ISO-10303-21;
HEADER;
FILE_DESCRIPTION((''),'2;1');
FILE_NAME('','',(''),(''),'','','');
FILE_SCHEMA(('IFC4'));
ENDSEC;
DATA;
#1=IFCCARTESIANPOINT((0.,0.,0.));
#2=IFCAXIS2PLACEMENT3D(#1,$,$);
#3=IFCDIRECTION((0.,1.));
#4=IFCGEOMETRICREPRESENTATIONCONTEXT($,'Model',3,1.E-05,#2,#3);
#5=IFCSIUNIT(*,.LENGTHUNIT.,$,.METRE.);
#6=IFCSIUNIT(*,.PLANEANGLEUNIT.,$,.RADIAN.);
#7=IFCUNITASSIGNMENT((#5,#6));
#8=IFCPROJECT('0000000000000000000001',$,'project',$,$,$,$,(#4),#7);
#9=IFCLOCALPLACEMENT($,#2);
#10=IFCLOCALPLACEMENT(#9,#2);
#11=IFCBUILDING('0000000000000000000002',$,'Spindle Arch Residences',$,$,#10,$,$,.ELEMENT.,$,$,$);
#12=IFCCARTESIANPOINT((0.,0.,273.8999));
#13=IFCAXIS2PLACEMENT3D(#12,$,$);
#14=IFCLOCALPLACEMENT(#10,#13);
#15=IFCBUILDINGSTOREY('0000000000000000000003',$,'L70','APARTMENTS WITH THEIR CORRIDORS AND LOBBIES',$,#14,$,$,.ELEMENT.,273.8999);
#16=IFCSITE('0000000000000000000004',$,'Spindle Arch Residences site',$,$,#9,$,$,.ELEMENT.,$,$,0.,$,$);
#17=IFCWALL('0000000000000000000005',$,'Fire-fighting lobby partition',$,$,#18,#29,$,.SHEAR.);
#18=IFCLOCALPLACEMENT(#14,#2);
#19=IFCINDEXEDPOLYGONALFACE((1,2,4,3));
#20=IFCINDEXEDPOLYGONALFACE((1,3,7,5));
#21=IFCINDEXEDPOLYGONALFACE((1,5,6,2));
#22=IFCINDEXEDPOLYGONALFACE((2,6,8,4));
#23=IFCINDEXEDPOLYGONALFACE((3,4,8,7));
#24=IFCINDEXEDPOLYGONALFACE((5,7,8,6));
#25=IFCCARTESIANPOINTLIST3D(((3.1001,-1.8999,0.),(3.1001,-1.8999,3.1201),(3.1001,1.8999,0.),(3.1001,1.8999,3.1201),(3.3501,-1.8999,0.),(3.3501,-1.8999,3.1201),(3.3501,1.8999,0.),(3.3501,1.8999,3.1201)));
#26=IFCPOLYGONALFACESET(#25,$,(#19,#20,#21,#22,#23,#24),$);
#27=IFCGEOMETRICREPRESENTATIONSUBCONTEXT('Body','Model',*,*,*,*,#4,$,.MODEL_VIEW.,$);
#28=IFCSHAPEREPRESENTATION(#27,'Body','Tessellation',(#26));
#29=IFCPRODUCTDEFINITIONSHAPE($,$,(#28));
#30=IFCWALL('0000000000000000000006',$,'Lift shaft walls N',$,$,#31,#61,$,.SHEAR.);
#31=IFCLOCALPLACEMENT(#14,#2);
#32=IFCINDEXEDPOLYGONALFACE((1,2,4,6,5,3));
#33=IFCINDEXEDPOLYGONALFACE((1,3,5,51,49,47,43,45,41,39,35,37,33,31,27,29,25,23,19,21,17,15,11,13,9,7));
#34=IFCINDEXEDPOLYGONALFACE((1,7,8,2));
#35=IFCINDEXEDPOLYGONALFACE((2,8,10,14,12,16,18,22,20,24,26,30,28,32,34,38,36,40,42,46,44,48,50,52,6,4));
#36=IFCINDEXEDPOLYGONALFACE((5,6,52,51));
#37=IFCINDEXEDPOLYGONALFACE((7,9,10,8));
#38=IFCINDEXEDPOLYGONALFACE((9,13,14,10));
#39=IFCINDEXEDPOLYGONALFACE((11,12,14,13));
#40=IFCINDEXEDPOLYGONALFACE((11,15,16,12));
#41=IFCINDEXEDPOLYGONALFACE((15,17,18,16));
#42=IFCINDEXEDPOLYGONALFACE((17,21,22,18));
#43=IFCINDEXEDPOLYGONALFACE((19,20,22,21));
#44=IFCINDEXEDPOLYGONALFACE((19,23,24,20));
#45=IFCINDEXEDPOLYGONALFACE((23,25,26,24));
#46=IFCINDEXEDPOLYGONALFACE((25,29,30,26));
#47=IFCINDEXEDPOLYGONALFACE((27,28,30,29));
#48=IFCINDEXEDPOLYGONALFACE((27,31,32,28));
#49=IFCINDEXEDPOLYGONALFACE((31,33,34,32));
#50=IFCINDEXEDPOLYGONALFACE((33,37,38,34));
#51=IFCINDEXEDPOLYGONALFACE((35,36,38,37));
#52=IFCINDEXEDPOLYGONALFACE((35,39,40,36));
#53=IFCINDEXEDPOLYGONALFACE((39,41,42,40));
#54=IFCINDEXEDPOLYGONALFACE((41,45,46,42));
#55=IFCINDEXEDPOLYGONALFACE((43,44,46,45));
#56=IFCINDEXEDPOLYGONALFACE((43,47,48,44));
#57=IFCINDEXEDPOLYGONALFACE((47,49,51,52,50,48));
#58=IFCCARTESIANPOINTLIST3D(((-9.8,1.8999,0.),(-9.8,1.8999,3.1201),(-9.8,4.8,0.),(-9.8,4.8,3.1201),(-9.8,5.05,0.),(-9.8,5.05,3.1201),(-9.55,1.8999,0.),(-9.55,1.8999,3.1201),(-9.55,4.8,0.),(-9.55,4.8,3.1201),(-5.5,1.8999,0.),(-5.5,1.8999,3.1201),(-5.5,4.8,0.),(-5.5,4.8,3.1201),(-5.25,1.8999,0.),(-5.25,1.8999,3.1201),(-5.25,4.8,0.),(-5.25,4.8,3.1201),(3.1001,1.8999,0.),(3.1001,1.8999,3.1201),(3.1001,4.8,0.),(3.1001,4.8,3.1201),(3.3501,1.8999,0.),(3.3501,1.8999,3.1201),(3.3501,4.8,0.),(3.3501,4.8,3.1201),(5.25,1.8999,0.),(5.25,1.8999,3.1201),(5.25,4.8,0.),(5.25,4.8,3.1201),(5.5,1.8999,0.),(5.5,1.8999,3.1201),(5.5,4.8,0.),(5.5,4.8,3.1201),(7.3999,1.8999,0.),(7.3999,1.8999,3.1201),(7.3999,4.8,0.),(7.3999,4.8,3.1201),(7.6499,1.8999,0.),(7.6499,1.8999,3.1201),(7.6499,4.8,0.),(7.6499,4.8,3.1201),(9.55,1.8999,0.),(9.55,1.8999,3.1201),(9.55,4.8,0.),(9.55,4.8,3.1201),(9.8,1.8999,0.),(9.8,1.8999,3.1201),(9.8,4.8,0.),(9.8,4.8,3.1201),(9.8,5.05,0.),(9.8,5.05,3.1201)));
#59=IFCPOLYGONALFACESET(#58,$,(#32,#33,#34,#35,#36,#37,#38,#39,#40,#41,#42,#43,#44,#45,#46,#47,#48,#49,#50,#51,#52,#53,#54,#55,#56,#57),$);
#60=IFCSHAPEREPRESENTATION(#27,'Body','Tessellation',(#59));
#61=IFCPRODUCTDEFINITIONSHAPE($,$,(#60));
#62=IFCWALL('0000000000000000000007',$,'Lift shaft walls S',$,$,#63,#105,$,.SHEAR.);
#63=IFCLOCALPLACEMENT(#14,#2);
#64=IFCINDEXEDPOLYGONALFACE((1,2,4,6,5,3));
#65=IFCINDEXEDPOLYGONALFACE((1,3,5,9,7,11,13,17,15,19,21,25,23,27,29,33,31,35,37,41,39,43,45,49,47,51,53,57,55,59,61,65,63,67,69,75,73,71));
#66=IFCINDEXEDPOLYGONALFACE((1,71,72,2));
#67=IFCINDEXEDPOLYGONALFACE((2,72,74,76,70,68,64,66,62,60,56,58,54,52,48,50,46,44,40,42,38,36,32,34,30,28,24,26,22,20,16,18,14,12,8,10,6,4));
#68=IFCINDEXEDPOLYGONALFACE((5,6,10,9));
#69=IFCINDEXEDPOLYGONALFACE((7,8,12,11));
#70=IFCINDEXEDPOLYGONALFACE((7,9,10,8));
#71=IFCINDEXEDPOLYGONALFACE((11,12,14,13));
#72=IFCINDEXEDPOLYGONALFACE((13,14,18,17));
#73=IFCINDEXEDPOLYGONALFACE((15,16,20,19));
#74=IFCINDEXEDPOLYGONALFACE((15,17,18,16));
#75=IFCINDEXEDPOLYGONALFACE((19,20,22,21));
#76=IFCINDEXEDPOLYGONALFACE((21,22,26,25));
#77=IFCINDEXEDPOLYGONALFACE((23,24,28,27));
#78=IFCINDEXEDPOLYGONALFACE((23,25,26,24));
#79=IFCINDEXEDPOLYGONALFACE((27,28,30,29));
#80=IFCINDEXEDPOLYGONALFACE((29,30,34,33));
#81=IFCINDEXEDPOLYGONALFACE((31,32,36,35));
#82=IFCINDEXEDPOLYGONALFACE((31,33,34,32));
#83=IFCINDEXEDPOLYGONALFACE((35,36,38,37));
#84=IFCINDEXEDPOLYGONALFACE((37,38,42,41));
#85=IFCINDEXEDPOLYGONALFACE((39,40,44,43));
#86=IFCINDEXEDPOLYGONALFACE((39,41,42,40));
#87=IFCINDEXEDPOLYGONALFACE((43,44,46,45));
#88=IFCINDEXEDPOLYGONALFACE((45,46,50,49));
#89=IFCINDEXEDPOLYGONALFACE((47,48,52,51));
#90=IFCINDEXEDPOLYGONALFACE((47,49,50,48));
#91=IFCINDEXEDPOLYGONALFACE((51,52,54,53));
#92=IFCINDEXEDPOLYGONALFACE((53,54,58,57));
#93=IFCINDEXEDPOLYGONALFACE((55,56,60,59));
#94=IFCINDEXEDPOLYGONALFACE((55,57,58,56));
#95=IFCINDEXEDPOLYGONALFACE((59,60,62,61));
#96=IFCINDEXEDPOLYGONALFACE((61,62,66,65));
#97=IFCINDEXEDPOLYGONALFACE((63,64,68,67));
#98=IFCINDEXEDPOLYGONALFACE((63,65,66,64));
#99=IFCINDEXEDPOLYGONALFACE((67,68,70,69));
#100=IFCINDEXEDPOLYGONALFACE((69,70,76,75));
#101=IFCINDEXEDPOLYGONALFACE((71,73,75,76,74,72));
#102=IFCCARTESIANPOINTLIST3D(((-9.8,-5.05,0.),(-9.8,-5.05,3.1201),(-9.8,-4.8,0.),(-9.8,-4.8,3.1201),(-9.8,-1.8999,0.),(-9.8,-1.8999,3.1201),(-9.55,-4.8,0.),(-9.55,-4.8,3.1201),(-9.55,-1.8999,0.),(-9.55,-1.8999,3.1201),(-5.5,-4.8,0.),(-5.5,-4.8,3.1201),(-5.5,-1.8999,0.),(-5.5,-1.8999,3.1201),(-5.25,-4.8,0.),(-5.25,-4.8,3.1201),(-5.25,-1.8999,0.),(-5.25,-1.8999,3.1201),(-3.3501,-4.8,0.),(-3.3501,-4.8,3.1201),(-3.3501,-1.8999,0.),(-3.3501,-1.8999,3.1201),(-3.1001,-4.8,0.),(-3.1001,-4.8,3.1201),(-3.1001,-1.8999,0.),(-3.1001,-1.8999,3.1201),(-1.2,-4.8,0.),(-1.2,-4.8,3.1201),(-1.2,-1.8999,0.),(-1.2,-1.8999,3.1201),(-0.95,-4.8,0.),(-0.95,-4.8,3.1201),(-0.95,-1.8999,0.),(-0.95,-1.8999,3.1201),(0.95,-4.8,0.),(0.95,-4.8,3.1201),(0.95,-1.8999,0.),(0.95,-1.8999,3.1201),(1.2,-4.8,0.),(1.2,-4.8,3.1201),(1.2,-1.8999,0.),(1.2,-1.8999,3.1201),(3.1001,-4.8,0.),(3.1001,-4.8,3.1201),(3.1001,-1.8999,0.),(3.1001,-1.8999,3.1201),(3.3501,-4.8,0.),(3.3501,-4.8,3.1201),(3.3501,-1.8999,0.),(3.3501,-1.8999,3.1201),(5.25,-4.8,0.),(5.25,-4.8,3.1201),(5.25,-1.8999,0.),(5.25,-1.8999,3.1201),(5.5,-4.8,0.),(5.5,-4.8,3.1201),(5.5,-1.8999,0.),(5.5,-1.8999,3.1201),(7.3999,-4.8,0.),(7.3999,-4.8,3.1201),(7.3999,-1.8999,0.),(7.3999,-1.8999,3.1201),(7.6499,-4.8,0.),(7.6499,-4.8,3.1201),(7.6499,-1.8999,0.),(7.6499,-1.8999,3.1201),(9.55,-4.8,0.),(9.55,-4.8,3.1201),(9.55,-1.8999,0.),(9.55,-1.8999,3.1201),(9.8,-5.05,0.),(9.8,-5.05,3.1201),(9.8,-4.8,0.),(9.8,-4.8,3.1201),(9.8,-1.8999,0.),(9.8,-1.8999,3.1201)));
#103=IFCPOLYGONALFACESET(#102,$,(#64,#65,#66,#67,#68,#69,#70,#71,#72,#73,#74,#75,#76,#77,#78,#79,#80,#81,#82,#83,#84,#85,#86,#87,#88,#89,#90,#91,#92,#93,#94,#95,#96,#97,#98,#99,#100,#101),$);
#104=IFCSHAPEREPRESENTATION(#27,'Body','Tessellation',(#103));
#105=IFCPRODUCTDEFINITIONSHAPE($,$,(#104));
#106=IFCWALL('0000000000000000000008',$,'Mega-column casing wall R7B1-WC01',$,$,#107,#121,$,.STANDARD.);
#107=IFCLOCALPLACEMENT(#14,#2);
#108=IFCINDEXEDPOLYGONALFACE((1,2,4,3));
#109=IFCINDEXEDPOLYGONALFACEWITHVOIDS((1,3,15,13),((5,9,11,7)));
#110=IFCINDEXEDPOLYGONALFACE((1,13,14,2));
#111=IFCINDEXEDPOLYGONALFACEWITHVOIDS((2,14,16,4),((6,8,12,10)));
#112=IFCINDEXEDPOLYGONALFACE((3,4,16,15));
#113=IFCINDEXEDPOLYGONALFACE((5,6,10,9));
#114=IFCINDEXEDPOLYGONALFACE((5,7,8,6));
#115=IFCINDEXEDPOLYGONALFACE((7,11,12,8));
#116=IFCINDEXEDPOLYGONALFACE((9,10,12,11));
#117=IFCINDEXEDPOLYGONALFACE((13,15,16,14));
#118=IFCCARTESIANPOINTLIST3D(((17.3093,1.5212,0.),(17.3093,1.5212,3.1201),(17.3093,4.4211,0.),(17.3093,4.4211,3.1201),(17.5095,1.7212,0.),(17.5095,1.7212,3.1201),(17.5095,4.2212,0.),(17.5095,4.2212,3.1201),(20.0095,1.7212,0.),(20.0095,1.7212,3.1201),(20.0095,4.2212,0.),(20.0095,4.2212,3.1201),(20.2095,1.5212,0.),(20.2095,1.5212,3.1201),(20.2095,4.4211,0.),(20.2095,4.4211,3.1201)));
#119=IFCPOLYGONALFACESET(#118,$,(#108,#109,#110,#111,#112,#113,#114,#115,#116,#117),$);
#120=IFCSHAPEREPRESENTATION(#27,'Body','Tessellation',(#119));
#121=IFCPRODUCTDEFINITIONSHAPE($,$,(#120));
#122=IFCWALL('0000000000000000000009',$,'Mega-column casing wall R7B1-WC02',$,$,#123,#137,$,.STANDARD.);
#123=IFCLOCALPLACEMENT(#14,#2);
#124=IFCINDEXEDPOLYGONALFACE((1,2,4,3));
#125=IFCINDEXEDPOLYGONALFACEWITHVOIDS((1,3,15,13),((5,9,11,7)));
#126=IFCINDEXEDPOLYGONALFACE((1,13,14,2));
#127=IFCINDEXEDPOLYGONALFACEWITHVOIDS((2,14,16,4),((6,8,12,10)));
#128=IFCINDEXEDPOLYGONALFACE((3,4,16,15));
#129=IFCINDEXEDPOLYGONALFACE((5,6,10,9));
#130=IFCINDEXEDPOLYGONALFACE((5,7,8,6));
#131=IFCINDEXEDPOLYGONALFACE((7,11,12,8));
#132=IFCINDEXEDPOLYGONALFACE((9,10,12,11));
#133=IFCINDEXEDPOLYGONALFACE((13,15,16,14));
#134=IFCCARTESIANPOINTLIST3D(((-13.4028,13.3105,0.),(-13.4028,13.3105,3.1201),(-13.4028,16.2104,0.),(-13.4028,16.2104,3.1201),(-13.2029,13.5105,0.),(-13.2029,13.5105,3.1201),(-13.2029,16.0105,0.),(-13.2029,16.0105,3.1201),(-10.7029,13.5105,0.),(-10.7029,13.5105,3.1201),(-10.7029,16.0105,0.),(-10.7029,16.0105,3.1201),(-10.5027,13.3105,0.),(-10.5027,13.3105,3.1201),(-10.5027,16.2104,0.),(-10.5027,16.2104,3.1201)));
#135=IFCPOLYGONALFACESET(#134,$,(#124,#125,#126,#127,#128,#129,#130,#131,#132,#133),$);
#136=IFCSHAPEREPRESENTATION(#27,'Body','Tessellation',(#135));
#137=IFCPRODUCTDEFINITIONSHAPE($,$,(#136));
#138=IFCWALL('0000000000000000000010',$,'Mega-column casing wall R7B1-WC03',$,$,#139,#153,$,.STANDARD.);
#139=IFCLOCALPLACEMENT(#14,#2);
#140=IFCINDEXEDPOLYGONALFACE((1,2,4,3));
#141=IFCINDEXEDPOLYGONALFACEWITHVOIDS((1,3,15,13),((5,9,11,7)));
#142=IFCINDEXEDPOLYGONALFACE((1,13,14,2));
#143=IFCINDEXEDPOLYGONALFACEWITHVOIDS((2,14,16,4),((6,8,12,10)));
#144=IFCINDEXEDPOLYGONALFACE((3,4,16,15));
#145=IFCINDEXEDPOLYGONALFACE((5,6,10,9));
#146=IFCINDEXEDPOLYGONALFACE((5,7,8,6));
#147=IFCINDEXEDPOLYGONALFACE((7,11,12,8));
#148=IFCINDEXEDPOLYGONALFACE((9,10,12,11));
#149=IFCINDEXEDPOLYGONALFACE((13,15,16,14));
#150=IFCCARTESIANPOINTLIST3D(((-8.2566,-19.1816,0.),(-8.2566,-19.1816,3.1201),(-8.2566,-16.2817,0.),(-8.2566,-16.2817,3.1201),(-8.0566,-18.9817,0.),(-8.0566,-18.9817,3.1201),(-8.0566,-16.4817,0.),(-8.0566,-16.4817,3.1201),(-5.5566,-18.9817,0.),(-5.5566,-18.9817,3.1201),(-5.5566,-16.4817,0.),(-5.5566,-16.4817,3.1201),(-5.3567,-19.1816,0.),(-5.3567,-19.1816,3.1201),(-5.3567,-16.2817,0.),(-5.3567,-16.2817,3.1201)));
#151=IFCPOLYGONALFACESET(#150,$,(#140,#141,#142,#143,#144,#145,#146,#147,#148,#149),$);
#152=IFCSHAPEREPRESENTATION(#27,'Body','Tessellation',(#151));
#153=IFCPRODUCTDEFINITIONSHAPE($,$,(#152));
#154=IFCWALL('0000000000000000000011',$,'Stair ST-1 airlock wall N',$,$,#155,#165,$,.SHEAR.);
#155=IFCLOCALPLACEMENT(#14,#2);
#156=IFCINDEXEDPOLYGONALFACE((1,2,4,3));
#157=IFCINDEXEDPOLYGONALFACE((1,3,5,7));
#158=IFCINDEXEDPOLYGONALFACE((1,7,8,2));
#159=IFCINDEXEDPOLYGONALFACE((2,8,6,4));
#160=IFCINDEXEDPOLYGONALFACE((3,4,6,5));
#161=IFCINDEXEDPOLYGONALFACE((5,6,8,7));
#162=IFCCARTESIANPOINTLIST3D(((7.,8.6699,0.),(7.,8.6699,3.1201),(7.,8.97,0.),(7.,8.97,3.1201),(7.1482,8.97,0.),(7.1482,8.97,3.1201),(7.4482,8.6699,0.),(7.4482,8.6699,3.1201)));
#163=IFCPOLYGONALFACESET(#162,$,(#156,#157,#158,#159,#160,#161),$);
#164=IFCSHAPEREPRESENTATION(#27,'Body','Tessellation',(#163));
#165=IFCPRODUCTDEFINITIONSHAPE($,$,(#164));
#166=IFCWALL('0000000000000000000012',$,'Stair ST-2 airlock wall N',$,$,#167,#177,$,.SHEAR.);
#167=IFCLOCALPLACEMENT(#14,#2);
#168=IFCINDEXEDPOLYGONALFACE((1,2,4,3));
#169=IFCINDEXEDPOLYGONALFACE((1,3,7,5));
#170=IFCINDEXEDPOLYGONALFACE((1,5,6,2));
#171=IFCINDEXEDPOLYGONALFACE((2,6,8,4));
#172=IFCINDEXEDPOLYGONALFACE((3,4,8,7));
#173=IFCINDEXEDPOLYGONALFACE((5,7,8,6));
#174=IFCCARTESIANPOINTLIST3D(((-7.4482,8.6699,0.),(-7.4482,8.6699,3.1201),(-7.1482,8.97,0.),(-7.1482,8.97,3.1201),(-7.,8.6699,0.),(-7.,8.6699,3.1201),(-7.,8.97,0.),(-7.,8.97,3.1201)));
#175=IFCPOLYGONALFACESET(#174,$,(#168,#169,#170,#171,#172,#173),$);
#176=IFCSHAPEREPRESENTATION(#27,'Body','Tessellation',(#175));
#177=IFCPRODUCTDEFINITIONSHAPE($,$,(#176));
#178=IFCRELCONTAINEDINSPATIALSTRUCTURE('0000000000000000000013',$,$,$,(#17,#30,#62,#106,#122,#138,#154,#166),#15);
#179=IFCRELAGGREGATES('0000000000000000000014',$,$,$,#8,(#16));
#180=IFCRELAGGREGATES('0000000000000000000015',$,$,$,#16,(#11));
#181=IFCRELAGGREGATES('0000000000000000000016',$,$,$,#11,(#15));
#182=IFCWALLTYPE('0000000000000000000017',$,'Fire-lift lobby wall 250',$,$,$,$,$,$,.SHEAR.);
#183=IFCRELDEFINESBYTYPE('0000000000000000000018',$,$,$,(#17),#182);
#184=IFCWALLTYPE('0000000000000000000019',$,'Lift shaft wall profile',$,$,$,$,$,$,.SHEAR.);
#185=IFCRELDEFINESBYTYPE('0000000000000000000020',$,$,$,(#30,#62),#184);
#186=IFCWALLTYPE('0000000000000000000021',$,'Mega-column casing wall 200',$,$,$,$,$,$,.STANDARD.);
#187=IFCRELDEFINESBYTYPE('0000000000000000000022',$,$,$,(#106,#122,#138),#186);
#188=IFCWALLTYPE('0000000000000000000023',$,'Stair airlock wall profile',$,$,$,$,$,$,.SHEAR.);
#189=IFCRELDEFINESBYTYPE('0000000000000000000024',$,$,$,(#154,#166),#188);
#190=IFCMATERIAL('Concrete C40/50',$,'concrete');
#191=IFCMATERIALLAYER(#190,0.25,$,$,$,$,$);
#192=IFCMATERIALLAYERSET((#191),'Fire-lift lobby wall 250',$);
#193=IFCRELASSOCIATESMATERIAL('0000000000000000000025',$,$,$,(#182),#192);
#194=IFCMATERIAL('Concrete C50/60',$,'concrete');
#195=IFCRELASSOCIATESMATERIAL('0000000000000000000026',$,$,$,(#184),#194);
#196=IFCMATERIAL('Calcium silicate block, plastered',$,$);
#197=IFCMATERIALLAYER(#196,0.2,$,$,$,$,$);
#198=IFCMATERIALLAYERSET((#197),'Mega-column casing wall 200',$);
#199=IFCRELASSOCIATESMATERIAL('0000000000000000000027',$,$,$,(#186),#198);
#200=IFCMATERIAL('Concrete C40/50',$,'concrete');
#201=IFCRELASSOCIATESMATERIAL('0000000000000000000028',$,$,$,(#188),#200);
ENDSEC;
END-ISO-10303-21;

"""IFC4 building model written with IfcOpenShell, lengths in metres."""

from ifc_helpers import new_model, si_unit, direction, frame, frame_2d, origin, place, context, subcontext, project, spatial, polyline, rectangle, outline, extrude, material, layer, layer_set, type_object, element, save


model = new_model("IFC4")

# Units and contexts
model_context = context("Model", 3, precision=1e-05, world=origin(), true_north=direction((0.0, 1.0)))
body_context = subcontext(model_context, "Body", "Model", "MODEL_VIEW")
ifc_project = project(units=[si_unit("LENGTHUNIT", "METRE"), si_unit("PLANEANGLEUNIT", "RADIAN")], contexts=[model_context])

# Site, building, storey
site_placement = place(None, origin())
site = spatial("IfcSite", under=ifc_project, at=site_placement, Name="Spindle Arch Residences site", CompositionType="ELEMENT", RefElevation=0.0)
building_placement = place(site_placement, origin())
building = spatial("IfcBuilding", under=site, at=building_placement, Name="Spindle Arch Residences", CompositionType="ELEMENT")
storey_placement = place(building_placement, frame((0.0, 0.0, 273.8999)))
storey = spatial("IfcBuildingStorey", under=building, at=storey_placement, Name="L70", Description="APARTMENTS WITH THEIR CORRIDORS AND LOBBIES", CompositionType="ELEMENT", Elevation=273.8999)

# Wall
ifc_material_1 = material(Name="Concrete C40/50", Category="concrete")
ifc_layer_1 = layer(ifc_material_1, 0.25)
ifc_layer_set_1 = layer_set([ifc_layer_1], Name="Fire-lift lobby wall 250")
wall_type_1 = type_object("IfcWallType", Name="Fire-lift lobby wall 250", PredefinedType="SHEAR", material=ifc_layer_set_1)
wall_1_placement = place(storey_placement, frame((3.2251, -1.8999, 0.0), z_axis=(0.0, 0.0, 1.0), x_axis=(0.0, 1.0, 0.0)))
element("IfcWall", 1, at=wall_1_placement, inside=storey, type_object=wall_type_1, Name="Fire-fighting lobby partition", PredefinedType="SHEAR", context=body_context, shape_type="SweptSolid", body=[
    extrude(rectangle(XDim=3.7998, YDim=0.25, at=frame_2d((1.8999, 0.0))), origin(), (0.0, 0.0, 1.0), 3.1201),
])

# Walls
ifc_material_2 = material(Name="Concrete C50/60", Category="concrete")
wall_type_2 = type_object("IfcWallType", Name="Lift shaft wall profile", PredefinedType="SHEAR", material=ifc_material_2)
wall_2_placement = place(storey_placement, origin())
element("IfcWall", 2, at=wall_2_placement, inside=storey, type_object=wall_type_2, Name="Lift shaft walls N", PredefinedType="SHEAR", context=body_context, shape_type="SweptSolid", body=[
    extrude(outline(polyline([(-9.8, 1.8999), (-9.55, 1.8999), (-9.55, 4.8), (-5.5, 4.8), (-5.5, 1.8999), (-5.25, 1.8999), (-5.25, 4.8), (3.1001, 4.8), (3.1001, 1.8999), (3.3501, 1.8999), (3.3501, 4.8), (5.25, 4.8), (5.25, 1.8999), (5.5, 1.8999), (5.5, 4.8), (7.3999, 4.8), (7.3999, 1.8999), (7.6499, 1.8999), (7.6499, 4.8), (9.55, 4.8), (9.55, 1.8999), (9.8, 1.8999), (9.8, 4.8), (9.8, 5.05), (-9.8, 5.05), (-9.8, 4.8), (-9.8, 1.8999)])), origin(), (0.0, 0.0, 1.0), 3.1201),
])
wall_3_placement = place(storey_placement, origin())
element("IfcWall", 3, at=wall_3_placement, inside=storey, type_object=wall_type_2, Name="Lift shaft walls S", PredefinedType="SHEAR", context=body_context, shape_type="SweptSolid", body=[
    extrude(outline(polyline([(9.8, -5.05), (9.8, -4.8), (9.8, -1.8999), (9.55, -1.8999), (9.55, -4.8), (7.6499, -4.8), (7.6499, -1.8999), (7.3999, -1.8999), (7.3999, -4.8), (5.5, -4.8), (5.5, -1.8999), (5.25, -1.8999), (5.25, -4.8), (3.3501, -4.8), (3.3501, -1.8999), (3.1001, -1.8999), (3.1001, -4.8), (1.2, -4.8), (1.2, -1.8999), (0.95, -1.8999), (0.95, -4.8), (-0.95, -4.8), (-0.95, -1.8999), (-1.2, -1.8999), (-1.2, -4.8), (-3.1001, -4.8), (-3.1001, -1.8999), (-3.3501, -1.8999), (-3.3501, -4.8), (-5.25, -4.8), (-5.25, -1.8999), (-5.5, -1.8999), (-5.5, -4.8), (-9.55, -4.8), (-9.55, -1.8999), (-9.8, -1.8999), (-9.8, -4.8), (-9.8, -5.05), (9.8, -5.05)])), origin(), (0.0, 0.0, 1.0), 3.1201),
])
ifc_material_3 = material(Name="Calcium silicate block, plastered")
ifc_layer_2 = layer(ifc_material_3, 0.2)
ifc_layer_set_2 = layer_set([ifc_layer_2], Name="Mega-column casing wall 200")
wall_type_3 = type_object("IfcWallType", Name="Mega-column casing wall 200", PredefinedType="STANDARD", material=ifc_layer_set_2)
wall_4_placement = place(storey_placement, origin())
element("IfcWall", 4, at=wall_4_placement, inside=storey, type_object=wall_type_3, Name="Mega-column casing wall R7B1-WC01", PredefinedType="STANDARD", context=body_context, shape_type="SweptSolid", body=[
    extrude(outline(polyline([(20.2095, 4.4211), (20.2095, 1.5212), (17.3093, 1.5212), (17.3093, 4.4211), (20.2095, 4.4211)]), holes=[polyline([(17.5095, 1.7212), (20.0095, 1.7212), (20.0095, 4.2212), (17.5095, 4.2212), (17.5095, 1.7212)])]), origin(), (0.0, 0.0, 1.0), 3.1201),
])
wall_5_placement = place(storey_placement, origin())
element("IfcWall", 5, at=wall_5_placement, inside=storey, type_object=wall_type_3, Name="Mega-column casing wall R7B1-WC02", PredefinedType="STANDARD", context=body_context, shape_type="SweptSolid", body=[
    extrude(outline(polyline([(-10.5027, 16.2104), (-10.5027, 13.3105), (-13.4028, 13.3105), (-13.4028, 16.2104), (-10.5027, 16.2104)]), holes=[polyline([(-13.2029, 13.5105), (-10.7029, 13.5105), (-10.7029, 16.0105), (-13.2029, 16.0105), (-13.2029, 13.5105)])]), origin(), (0.0, 0.0, 1.0), 3.1201),
])
wall_6_placement = place(storey_placement, origin())
element("IfcWall", 6, at=wall_6_placement, inside=storey, type_object=wall_type_3, Name="Mega-column casing wall R7B1-WC03", PredefinedType="STANDARD", context=body_context, shape_type="SweptSolid", body=[
    extrude(outline(polyline([(-5.3567, -16.2817), (-5.3567, -19.1816), (-8.2566, -19.1816), (-8.2566, -16.2817), (-5.3567, -16.2817)]), holes=[polyline([(-8.0566, -18.9817), (-5.5566, -18.9817), (-5.5566, -16.4817), (-8.0566, -16.4817), (-8.0566, -18.9817)])]), origin(), (0.0, 0.0, 1.0), 3.1201),
])
ifc_material_4 = material(Name="Concrete C40/50", Category="concrete")
wall_type_4 = type_object("IfcWallType", Name="Stair airlock wall profile", PredefinedType="SHEAR", material=ifc_material_4)
wall_7_placement = place(storey_placement, origin())
element("IfcWall", 7, at=wall_7_placement, inside=storey, type_object=wall_type_4, Name="Stair ST-1 airlock wall N", PredefinedType="SHEAR", context=body_context, shape_type="SweptSolid", body=[
    extrude(outline(polyline([(7.4482, 8.6699), (7.0, 8.6699), (7.0, 8.97), (7.1482, 8.97), (7.4482, 8.6699)])), origin(), (0.0, 0.0, 1.0), 3.1201),
])
wall_8_placement = place(storey_placement, origin())
element("IfcWall", 8, at=wall_8_placement, inside=storey, type_object=wall_type_4, Name="Stair ST-2 airlock wall N", PredefinedType="SHEAR", context=body_context, shape_type="SweptSolid", body=[
    extrude(outline(polyline([(-7.1482, 8.97), (-7.0, 8.97), (-7.0, 8.6699), (-7.4482, 8.6699), (-7.1482, 8.97)])), origin(), (0.0, 0.0, 1.0), 3.1201),
])

save(model, "model.ifc")
